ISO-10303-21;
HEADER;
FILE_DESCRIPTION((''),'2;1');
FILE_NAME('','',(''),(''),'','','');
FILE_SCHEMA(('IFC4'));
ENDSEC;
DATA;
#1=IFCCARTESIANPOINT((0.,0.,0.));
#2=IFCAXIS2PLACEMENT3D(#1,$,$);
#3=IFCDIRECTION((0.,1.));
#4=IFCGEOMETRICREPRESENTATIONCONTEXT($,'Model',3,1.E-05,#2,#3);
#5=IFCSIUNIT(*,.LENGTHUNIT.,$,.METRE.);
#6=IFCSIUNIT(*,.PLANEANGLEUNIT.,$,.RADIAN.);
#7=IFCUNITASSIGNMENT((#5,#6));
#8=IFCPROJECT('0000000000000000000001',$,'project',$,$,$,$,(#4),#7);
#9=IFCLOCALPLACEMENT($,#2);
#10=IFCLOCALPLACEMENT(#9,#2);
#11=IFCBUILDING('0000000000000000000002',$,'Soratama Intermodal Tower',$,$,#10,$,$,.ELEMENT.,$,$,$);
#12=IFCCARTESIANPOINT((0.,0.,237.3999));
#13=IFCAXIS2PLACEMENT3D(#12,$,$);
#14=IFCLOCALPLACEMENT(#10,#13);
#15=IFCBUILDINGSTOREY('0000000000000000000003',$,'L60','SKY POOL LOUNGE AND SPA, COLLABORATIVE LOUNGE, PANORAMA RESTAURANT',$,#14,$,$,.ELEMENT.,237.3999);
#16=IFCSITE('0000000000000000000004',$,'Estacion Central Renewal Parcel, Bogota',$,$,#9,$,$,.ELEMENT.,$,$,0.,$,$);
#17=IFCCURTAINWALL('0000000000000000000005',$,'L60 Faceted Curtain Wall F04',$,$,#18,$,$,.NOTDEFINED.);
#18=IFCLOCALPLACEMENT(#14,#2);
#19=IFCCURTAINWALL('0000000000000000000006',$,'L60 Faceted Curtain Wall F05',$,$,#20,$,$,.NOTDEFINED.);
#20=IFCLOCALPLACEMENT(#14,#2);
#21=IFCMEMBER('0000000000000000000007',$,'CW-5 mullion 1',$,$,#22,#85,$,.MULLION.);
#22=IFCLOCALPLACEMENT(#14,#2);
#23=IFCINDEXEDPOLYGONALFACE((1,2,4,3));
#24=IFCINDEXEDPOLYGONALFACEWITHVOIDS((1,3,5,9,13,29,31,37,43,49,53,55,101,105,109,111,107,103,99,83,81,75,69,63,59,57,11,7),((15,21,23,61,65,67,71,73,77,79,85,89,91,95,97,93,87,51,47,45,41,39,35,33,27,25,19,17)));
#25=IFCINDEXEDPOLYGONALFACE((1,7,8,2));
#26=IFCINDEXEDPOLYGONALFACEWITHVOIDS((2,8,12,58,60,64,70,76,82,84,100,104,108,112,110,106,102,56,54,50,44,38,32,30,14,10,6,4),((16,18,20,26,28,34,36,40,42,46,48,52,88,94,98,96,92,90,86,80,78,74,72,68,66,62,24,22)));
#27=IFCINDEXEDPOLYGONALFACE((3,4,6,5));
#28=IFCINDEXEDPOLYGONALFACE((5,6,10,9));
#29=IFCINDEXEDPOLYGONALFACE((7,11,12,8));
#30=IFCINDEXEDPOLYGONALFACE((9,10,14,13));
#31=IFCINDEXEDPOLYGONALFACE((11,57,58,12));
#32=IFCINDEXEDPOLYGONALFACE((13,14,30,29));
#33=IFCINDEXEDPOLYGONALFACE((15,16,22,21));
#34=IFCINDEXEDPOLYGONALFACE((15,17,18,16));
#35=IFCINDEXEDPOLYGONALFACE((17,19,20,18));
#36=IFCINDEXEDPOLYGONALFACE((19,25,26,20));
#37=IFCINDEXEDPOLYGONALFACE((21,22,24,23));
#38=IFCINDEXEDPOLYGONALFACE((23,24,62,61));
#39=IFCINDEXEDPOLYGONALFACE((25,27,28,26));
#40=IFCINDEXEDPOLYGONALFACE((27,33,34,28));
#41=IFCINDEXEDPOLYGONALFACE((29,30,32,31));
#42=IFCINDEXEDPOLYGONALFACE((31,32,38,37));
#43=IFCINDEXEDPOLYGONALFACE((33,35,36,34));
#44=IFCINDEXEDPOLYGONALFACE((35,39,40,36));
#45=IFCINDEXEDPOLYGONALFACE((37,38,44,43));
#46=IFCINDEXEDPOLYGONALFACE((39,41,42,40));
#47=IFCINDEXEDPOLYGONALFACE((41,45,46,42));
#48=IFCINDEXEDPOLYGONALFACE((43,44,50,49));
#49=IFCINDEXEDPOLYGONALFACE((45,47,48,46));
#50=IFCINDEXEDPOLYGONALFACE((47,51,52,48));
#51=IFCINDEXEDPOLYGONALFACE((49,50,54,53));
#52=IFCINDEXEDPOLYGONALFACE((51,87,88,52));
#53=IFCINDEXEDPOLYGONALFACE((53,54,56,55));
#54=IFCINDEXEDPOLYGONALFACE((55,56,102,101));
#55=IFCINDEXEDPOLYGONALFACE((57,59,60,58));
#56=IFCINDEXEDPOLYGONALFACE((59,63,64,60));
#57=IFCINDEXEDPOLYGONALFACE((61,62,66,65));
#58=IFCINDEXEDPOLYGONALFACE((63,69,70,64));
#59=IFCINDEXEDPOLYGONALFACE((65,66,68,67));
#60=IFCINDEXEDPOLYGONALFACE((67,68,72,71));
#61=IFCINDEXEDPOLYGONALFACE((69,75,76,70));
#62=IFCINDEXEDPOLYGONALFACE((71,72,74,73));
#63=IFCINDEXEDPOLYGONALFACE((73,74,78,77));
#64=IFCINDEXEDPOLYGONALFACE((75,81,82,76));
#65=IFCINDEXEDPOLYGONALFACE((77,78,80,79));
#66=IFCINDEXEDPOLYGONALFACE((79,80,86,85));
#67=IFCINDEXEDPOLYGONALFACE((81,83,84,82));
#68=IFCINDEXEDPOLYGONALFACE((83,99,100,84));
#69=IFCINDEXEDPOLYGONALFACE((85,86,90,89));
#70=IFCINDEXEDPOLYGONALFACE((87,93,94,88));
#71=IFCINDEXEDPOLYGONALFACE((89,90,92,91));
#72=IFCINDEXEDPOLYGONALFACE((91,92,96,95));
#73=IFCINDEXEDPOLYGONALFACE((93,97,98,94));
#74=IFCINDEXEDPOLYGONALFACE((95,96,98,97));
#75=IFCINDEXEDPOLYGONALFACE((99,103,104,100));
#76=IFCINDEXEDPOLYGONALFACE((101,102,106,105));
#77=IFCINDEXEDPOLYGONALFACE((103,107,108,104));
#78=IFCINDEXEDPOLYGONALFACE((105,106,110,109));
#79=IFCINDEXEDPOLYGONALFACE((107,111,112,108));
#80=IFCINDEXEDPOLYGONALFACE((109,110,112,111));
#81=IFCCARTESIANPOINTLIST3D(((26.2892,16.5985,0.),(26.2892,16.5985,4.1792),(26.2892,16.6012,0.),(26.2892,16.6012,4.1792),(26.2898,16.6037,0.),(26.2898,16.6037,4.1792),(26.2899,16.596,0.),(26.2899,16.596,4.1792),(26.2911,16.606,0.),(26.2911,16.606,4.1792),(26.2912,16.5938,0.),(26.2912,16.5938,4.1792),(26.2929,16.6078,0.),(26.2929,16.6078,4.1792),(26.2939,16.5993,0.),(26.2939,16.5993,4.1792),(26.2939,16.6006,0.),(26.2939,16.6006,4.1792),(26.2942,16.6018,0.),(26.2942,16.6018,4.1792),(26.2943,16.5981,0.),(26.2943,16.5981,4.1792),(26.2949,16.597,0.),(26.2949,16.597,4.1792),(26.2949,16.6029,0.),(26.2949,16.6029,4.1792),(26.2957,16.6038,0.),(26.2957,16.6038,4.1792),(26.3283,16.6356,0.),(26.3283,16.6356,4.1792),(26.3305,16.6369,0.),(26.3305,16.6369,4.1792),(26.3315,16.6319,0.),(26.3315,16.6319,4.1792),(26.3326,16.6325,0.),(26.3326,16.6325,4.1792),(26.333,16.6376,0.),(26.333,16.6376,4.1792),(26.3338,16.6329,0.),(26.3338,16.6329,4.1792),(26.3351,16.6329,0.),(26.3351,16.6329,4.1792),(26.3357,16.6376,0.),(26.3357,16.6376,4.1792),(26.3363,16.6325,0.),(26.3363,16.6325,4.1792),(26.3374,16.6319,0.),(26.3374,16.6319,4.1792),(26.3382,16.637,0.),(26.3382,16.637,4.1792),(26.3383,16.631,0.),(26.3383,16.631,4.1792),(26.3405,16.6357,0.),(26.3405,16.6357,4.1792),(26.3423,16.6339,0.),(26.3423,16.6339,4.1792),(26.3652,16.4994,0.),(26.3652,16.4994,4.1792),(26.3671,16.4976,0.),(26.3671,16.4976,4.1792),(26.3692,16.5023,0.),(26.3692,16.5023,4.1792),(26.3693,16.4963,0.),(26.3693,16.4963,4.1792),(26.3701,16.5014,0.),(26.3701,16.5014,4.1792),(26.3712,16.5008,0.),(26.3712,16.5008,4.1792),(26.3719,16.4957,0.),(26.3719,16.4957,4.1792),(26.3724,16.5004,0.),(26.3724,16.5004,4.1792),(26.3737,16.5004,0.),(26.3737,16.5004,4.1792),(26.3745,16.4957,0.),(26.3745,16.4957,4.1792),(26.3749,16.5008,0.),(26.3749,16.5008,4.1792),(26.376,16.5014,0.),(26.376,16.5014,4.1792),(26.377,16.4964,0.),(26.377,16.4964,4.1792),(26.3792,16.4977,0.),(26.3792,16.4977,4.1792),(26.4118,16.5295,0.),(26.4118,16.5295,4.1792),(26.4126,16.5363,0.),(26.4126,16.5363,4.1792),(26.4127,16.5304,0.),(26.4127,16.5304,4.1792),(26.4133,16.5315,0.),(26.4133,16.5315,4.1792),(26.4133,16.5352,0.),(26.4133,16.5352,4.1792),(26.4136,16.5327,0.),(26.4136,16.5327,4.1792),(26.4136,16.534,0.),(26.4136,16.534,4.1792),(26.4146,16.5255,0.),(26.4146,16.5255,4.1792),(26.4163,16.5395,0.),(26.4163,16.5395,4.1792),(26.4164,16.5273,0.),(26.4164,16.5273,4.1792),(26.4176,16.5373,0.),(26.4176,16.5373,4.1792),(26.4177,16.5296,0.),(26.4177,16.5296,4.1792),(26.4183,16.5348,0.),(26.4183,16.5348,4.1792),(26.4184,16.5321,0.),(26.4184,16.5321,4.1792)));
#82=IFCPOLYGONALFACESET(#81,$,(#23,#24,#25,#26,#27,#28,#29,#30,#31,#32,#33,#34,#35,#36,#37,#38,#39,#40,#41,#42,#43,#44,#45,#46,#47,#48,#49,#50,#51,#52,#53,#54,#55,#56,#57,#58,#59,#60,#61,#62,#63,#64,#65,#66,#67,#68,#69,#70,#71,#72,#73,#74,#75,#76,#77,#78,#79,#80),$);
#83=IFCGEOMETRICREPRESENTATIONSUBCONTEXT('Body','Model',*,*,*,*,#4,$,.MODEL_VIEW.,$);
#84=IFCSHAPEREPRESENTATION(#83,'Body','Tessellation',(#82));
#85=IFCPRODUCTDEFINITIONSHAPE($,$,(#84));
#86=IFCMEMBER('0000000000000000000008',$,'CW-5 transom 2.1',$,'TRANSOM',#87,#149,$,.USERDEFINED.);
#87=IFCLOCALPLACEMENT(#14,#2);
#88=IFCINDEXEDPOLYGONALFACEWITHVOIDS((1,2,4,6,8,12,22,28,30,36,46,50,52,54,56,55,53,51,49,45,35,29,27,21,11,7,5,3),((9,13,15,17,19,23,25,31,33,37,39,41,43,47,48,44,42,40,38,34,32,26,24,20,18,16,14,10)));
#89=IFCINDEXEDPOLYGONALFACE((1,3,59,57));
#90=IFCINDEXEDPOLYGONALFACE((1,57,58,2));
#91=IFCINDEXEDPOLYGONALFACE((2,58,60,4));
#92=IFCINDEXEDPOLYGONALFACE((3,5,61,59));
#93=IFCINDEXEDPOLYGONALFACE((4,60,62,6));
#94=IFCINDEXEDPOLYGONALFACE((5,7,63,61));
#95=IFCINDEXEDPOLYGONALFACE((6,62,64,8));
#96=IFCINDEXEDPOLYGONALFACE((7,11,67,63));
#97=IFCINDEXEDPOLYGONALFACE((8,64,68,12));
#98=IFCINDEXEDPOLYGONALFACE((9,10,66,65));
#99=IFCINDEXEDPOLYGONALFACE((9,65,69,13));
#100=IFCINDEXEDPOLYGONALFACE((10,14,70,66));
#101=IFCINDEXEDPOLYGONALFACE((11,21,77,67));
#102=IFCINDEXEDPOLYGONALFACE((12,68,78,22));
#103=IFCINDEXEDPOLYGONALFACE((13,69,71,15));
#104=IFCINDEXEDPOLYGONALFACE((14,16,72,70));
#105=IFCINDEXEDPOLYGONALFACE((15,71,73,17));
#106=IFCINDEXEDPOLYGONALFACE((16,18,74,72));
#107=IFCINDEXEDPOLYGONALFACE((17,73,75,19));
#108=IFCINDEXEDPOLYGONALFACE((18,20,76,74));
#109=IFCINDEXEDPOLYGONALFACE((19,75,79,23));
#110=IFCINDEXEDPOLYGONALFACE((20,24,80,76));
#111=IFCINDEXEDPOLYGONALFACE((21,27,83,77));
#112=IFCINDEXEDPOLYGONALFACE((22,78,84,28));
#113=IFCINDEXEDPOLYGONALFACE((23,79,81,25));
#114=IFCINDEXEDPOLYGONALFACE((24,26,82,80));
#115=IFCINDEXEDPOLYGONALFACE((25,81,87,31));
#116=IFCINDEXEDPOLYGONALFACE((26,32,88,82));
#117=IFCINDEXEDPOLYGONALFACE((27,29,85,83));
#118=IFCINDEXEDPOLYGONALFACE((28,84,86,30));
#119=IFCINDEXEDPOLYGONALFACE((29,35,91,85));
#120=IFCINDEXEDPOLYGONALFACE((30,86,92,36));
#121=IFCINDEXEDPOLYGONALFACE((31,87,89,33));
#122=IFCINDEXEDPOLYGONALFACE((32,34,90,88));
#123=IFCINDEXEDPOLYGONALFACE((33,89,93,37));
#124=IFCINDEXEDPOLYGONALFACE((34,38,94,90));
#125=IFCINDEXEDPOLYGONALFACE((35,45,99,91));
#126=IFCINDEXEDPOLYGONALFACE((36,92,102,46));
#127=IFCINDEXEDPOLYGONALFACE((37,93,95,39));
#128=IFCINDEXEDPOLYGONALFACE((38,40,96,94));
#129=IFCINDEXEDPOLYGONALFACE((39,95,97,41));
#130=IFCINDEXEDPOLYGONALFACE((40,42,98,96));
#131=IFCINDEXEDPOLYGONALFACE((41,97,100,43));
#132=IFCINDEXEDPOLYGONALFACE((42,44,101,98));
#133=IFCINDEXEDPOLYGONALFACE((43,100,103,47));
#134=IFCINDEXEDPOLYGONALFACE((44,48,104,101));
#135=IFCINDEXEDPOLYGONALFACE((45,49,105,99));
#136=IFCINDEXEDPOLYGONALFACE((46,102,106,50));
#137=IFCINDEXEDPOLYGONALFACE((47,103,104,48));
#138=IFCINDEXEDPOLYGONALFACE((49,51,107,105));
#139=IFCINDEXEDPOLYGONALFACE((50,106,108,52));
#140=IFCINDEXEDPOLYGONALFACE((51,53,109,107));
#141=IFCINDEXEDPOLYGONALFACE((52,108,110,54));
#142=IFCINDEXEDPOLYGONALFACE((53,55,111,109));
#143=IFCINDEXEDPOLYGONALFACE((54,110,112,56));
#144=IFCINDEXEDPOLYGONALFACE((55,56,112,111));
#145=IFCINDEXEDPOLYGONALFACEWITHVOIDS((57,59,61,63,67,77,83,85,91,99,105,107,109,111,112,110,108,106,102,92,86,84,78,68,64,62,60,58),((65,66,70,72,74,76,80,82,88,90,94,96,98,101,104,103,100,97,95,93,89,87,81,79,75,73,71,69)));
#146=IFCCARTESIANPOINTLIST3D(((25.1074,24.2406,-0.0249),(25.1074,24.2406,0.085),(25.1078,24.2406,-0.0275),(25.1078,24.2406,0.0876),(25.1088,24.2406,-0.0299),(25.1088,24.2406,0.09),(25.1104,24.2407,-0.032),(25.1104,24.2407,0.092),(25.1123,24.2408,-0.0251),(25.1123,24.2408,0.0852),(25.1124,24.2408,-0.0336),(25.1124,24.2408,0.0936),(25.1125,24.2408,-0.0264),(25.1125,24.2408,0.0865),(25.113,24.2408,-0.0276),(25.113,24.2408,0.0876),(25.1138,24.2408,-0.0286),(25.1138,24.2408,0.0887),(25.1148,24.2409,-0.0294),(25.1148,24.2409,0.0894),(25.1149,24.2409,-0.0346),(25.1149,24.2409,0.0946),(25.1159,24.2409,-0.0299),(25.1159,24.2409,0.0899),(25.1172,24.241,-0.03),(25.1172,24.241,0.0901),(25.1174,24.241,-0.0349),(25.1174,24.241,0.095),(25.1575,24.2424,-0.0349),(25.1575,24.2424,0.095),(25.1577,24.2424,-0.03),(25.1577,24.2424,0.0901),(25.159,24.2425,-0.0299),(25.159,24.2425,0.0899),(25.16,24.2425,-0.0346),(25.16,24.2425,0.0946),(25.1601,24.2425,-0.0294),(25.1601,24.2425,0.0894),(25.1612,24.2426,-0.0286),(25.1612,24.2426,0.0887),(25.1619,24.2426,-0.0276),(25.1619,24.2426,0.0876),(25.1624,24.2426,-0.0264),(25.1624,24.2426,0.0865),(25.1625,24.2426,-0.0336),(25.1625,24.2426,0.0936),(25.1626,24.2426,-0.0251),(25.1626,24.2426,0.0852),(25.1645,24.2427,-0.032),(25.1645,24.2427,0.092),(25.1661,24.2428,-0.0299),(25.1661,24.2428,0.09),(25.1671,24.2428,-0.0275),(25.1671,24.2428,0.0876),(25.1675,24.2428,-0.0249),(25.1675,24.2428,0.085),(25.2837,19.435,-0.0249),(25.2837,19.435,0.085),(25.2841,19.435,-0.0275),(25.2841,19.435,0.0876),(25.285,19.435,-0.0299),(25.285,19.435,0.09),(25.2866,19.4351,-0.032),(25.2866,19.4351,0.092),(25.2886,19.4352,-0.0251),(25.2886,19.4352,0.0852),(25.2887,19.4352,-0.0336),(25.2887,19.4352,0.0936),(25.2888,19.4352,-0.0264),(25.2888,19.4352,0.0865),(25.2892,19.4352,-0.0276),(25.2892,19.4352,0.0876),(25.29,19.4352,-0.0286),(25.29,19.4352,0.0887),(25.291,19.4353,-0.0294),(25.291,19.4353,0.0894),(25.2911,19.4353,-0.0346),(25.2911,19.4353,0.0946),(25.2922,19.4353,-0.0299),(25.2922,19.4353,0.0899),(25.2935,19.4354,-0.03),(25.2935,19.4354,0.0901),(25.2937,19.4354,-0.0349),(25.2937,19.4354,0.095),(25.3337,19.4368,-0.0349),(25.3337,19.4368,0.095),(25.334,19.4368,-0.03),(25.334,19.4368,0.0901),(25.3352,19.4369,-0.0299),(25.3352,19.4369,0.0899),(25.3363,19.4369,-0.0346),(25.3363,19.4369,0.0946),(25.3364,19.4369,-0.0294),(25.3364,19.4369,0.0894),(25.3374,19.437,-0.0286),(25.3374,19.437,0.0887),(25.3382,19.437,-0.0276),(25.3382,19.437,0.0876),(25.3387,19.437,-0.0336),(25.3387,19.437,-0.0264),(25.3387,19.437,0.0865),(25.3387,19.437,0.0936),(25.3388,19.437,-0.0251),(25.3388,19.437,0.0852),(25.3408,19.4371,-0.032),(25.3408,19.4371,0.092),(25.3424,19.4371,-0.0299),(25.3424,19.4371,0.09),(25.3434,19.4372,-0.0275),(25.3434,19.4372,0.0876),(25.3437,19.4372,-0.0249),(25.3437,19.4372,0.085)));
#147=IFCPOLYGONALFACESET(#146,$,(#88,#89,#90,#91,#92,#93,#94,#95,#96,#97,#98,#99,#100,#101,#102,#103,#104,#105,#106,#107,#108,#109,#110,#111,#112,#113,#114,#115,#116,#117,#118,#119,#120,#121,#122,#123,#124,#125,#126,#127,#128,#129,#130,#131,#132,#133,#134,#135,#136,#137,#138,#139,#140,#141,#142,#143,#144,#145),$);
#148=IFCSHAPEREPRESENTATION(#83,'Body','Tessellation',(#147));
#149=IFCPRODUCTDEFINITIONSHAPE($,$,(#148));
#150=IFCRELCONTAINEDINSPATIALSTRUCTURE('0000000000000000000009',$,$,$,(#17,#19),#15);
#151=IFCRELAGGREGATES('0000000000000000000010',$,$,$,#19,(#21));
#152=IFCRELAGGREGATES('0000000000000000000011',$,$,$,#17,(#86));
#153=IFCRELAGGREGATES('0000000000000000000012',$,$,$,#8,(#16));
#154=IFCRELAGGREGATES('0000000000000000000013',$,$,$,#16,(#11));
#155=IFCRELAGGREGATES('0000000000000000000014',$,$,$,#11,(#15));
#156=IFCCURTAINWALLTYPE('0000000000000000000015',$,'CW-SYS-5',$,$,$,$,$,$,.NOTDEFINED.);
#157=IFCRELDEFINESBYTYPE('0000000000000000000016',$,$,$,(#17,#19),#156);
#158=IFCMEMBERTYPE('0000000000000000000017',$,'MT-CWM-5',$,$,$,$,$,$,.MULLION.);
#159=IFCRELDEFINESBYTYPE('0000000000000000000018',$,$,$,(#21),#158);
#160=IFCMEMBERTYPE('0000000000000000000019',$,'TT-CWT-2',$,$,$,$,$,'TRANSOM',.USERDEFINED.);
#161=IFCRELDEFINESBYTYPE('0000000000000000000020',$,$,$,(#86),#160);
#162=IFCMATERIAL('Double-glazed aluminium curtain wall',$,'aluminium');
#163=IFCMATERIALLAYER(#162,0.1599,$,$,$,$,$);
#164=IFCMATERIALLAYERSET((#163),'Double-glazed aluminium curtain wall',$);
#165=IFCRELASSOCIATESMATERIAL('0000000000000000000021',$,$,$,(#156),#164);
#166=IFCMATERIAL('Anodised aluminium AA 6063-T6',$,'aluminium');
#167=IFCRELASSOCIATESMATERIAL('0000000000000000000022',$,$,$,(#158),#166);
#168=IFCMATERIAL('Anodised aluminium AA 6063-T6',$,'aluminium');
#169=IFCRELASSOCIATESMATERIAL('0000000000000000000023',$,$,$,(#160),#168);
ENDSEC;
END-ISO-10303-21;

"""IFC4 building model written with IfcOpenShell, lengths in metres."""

from ifc_helpers import new_model, si_unit, direction, frame, origin, origin_2d, place, context, subcontext, project, spatial, hollow_rectangle, extrude, material, layer, layer_set, material_profile, profile_set, type_object, element, aggregate, save


model = new_model("IFC4")

# Units and contexts
model_context = context("Model", 3, precision=1e-05, world=origin(), true_north=direction((0.0, 1.0)))
body_context = subcontext(model_context, "Body", "Model", "MODEL_VIEW")
ifc_project = project(units=[si_unit("LENGTHUNIT", "METRE"), si_unit("PLANEANGLEUNIT", "RADIAN")], contexts=[model_context])

# Site, building, storey
site_placement = place(None, origin())
site = spatial("IfcSite", under=ifc_project, at=site_placement, Name="Estacion Central Renewal Parcel, Bogota", CompositionType="ELEMENT", RefElevation=0.0)
building_placement = place(site_placement, origin())
building = spatial("IfcBuilding", under=site, at=building_placement, Name="Soratama Intermodal Tower", CompositionType="ELEMENT")
storey_placement = place(building_placement, frame((0.0, 0.0, 237.3999)))
storey = spatial("IfcBuildingStorey", under=building, at=storey_placement, Name="L60", Description="SKY POOL LOUNGE AND SPA, COLLABORATIVE LOUNGE, PANORAMA RESTAURANT", CompositionType="ELEMENT", Elevation=237.3999)

# Curtain wall
ifc_material_1 = material(Name="Double-glazed aluminium curtain wall", Category="aluminium")
ifc_layer_1 = layer(ifc_material_1, 0.1599)
ifc_layer_set_1 = layer_set([ifc_layer_1], Name="Double-glazed aluminium curtain wall")
curtain_wall_type = type_object("IfcCurtainWallType", Name="CW-SYS-5", PredefinedType="NOTDEFINED", material=ifc_layer_set_1)
curtain_wall_1_placement = place(storey_placement, origin())
curtain_wall_1 = element("IfcCurtainWall", 1, at=curtain_wall_1_placement, inside=storey, type_object=curtain_wall_type, Name="L60 Faceted Curtain Wall F04", PredefinedType="NOTDEFINED")
ifc_material_2 = material(Name="Anodised aluminium AA 6063-T6", Category="aluminium")
ifc_material_profile_1 = material_profile(ifc_material_2, hollow_rectangle(XDim=0.0649, YDim=0.1399, WallThickness=0.0049, InnerFilletRadius=0.0049, OuterFilletRadius=0.01, at=origin_2d()), Name="CWM140X65X5")
ifc_profile_set_1 = profile_set([ifc_material_profile_1], Name="Anodised aluminium AA 6063-T6")
member_type_1 = type_object("IfcMemberType", Name="MT-CWM-5", PredefinedType="MULLION", material=ifc_profile_set_1)

# Curtain wall, member
curtain_wall_2_placement = place(storey_placement, origin())
curtain_wall_2 = element("IfcCurtainWall", 2, at=curtain_wall_2_placement, inside=storey, type_object=curtain_wall_type, Name="L60 Faceted Curtain Wall F05", PredefinedType="NOTDEFINED")
member_1_placement = place(storey_placement, frame((26.3538, 16.5667, 0.0), z_axis=(0.0, 0.0, 1.0), x_axis=(0.786935, 0.617036, 0.0)))
member_1 = element("IfcMember", 3, at=member_1_placement, type_object=member_type_1, Name="CW-5 mullion 1", PredefinedType="MULLION", context=body_context, shape_type="SweptSolid", body=[
    extrude(hollow_rectangle(XDim=0.0649, YDim=0.1399, WallThickness=0.0049, InnerFilletRadius=0.0049, OuterFilletRadius=0.01, at=origin_2d()), origin(), (0.0, 0.0, 1.0), 4.1792),
])

# Member
ifc_material_3 = material(Name="Anodised aluminium AA 6063-T6", Category="aluminium")
ifc_material_profile_2 = material_profile(ifc_material_3, hollow_rectangle(XDim=0.0601, YDim=0.1299, WallThickness=0.0049, InnerFilletRadius=0.0049, OuterFilletRadius=0.01, at=origin_2d()), Name="CWT130X60X5")
ifc_profile_set_2 = profile_set([ifc_material_profile_2], Name="Anodised aluminium AA 6063-T6")
member_type_2 = type_object("IfcMemberType", Name="TT-CWT-2", ElementType="TRANSOM", PredefinedType="USERDEFINED", material=ifc_profile_set_2)
member_2_placement = place(storey_placement, frame((25.1375, 24.2417, 0.03), z_axis=(0.036655, -0.999328, 0.0), x_axis=(0.999328, 0.036655, 0.0)))
member_2 = element("IfcMember", 4, at=member_2_placement, type_object=member_type_2, Name="CW-5 transom 2.1", ObjectType="TRANSOM", PredefinedType="USERDEFINED", context=body_context, shape_type="SweptSolid", body=[
    extrude(hollow_rectangle(XDim=0.0601, YDim=0.1299, WallThickness=0.0049, InnerFilletRadius=0.0049, OuterFilletRadius=0.01, at=origin_2d()), origin(), (0.0, 0.0, 1.0), 4.8088),
])
aggregate(curtain_wall_2, [member_1])

aggregate(curtain_wall_1, [member_2])

save(model, "model.ifc")
